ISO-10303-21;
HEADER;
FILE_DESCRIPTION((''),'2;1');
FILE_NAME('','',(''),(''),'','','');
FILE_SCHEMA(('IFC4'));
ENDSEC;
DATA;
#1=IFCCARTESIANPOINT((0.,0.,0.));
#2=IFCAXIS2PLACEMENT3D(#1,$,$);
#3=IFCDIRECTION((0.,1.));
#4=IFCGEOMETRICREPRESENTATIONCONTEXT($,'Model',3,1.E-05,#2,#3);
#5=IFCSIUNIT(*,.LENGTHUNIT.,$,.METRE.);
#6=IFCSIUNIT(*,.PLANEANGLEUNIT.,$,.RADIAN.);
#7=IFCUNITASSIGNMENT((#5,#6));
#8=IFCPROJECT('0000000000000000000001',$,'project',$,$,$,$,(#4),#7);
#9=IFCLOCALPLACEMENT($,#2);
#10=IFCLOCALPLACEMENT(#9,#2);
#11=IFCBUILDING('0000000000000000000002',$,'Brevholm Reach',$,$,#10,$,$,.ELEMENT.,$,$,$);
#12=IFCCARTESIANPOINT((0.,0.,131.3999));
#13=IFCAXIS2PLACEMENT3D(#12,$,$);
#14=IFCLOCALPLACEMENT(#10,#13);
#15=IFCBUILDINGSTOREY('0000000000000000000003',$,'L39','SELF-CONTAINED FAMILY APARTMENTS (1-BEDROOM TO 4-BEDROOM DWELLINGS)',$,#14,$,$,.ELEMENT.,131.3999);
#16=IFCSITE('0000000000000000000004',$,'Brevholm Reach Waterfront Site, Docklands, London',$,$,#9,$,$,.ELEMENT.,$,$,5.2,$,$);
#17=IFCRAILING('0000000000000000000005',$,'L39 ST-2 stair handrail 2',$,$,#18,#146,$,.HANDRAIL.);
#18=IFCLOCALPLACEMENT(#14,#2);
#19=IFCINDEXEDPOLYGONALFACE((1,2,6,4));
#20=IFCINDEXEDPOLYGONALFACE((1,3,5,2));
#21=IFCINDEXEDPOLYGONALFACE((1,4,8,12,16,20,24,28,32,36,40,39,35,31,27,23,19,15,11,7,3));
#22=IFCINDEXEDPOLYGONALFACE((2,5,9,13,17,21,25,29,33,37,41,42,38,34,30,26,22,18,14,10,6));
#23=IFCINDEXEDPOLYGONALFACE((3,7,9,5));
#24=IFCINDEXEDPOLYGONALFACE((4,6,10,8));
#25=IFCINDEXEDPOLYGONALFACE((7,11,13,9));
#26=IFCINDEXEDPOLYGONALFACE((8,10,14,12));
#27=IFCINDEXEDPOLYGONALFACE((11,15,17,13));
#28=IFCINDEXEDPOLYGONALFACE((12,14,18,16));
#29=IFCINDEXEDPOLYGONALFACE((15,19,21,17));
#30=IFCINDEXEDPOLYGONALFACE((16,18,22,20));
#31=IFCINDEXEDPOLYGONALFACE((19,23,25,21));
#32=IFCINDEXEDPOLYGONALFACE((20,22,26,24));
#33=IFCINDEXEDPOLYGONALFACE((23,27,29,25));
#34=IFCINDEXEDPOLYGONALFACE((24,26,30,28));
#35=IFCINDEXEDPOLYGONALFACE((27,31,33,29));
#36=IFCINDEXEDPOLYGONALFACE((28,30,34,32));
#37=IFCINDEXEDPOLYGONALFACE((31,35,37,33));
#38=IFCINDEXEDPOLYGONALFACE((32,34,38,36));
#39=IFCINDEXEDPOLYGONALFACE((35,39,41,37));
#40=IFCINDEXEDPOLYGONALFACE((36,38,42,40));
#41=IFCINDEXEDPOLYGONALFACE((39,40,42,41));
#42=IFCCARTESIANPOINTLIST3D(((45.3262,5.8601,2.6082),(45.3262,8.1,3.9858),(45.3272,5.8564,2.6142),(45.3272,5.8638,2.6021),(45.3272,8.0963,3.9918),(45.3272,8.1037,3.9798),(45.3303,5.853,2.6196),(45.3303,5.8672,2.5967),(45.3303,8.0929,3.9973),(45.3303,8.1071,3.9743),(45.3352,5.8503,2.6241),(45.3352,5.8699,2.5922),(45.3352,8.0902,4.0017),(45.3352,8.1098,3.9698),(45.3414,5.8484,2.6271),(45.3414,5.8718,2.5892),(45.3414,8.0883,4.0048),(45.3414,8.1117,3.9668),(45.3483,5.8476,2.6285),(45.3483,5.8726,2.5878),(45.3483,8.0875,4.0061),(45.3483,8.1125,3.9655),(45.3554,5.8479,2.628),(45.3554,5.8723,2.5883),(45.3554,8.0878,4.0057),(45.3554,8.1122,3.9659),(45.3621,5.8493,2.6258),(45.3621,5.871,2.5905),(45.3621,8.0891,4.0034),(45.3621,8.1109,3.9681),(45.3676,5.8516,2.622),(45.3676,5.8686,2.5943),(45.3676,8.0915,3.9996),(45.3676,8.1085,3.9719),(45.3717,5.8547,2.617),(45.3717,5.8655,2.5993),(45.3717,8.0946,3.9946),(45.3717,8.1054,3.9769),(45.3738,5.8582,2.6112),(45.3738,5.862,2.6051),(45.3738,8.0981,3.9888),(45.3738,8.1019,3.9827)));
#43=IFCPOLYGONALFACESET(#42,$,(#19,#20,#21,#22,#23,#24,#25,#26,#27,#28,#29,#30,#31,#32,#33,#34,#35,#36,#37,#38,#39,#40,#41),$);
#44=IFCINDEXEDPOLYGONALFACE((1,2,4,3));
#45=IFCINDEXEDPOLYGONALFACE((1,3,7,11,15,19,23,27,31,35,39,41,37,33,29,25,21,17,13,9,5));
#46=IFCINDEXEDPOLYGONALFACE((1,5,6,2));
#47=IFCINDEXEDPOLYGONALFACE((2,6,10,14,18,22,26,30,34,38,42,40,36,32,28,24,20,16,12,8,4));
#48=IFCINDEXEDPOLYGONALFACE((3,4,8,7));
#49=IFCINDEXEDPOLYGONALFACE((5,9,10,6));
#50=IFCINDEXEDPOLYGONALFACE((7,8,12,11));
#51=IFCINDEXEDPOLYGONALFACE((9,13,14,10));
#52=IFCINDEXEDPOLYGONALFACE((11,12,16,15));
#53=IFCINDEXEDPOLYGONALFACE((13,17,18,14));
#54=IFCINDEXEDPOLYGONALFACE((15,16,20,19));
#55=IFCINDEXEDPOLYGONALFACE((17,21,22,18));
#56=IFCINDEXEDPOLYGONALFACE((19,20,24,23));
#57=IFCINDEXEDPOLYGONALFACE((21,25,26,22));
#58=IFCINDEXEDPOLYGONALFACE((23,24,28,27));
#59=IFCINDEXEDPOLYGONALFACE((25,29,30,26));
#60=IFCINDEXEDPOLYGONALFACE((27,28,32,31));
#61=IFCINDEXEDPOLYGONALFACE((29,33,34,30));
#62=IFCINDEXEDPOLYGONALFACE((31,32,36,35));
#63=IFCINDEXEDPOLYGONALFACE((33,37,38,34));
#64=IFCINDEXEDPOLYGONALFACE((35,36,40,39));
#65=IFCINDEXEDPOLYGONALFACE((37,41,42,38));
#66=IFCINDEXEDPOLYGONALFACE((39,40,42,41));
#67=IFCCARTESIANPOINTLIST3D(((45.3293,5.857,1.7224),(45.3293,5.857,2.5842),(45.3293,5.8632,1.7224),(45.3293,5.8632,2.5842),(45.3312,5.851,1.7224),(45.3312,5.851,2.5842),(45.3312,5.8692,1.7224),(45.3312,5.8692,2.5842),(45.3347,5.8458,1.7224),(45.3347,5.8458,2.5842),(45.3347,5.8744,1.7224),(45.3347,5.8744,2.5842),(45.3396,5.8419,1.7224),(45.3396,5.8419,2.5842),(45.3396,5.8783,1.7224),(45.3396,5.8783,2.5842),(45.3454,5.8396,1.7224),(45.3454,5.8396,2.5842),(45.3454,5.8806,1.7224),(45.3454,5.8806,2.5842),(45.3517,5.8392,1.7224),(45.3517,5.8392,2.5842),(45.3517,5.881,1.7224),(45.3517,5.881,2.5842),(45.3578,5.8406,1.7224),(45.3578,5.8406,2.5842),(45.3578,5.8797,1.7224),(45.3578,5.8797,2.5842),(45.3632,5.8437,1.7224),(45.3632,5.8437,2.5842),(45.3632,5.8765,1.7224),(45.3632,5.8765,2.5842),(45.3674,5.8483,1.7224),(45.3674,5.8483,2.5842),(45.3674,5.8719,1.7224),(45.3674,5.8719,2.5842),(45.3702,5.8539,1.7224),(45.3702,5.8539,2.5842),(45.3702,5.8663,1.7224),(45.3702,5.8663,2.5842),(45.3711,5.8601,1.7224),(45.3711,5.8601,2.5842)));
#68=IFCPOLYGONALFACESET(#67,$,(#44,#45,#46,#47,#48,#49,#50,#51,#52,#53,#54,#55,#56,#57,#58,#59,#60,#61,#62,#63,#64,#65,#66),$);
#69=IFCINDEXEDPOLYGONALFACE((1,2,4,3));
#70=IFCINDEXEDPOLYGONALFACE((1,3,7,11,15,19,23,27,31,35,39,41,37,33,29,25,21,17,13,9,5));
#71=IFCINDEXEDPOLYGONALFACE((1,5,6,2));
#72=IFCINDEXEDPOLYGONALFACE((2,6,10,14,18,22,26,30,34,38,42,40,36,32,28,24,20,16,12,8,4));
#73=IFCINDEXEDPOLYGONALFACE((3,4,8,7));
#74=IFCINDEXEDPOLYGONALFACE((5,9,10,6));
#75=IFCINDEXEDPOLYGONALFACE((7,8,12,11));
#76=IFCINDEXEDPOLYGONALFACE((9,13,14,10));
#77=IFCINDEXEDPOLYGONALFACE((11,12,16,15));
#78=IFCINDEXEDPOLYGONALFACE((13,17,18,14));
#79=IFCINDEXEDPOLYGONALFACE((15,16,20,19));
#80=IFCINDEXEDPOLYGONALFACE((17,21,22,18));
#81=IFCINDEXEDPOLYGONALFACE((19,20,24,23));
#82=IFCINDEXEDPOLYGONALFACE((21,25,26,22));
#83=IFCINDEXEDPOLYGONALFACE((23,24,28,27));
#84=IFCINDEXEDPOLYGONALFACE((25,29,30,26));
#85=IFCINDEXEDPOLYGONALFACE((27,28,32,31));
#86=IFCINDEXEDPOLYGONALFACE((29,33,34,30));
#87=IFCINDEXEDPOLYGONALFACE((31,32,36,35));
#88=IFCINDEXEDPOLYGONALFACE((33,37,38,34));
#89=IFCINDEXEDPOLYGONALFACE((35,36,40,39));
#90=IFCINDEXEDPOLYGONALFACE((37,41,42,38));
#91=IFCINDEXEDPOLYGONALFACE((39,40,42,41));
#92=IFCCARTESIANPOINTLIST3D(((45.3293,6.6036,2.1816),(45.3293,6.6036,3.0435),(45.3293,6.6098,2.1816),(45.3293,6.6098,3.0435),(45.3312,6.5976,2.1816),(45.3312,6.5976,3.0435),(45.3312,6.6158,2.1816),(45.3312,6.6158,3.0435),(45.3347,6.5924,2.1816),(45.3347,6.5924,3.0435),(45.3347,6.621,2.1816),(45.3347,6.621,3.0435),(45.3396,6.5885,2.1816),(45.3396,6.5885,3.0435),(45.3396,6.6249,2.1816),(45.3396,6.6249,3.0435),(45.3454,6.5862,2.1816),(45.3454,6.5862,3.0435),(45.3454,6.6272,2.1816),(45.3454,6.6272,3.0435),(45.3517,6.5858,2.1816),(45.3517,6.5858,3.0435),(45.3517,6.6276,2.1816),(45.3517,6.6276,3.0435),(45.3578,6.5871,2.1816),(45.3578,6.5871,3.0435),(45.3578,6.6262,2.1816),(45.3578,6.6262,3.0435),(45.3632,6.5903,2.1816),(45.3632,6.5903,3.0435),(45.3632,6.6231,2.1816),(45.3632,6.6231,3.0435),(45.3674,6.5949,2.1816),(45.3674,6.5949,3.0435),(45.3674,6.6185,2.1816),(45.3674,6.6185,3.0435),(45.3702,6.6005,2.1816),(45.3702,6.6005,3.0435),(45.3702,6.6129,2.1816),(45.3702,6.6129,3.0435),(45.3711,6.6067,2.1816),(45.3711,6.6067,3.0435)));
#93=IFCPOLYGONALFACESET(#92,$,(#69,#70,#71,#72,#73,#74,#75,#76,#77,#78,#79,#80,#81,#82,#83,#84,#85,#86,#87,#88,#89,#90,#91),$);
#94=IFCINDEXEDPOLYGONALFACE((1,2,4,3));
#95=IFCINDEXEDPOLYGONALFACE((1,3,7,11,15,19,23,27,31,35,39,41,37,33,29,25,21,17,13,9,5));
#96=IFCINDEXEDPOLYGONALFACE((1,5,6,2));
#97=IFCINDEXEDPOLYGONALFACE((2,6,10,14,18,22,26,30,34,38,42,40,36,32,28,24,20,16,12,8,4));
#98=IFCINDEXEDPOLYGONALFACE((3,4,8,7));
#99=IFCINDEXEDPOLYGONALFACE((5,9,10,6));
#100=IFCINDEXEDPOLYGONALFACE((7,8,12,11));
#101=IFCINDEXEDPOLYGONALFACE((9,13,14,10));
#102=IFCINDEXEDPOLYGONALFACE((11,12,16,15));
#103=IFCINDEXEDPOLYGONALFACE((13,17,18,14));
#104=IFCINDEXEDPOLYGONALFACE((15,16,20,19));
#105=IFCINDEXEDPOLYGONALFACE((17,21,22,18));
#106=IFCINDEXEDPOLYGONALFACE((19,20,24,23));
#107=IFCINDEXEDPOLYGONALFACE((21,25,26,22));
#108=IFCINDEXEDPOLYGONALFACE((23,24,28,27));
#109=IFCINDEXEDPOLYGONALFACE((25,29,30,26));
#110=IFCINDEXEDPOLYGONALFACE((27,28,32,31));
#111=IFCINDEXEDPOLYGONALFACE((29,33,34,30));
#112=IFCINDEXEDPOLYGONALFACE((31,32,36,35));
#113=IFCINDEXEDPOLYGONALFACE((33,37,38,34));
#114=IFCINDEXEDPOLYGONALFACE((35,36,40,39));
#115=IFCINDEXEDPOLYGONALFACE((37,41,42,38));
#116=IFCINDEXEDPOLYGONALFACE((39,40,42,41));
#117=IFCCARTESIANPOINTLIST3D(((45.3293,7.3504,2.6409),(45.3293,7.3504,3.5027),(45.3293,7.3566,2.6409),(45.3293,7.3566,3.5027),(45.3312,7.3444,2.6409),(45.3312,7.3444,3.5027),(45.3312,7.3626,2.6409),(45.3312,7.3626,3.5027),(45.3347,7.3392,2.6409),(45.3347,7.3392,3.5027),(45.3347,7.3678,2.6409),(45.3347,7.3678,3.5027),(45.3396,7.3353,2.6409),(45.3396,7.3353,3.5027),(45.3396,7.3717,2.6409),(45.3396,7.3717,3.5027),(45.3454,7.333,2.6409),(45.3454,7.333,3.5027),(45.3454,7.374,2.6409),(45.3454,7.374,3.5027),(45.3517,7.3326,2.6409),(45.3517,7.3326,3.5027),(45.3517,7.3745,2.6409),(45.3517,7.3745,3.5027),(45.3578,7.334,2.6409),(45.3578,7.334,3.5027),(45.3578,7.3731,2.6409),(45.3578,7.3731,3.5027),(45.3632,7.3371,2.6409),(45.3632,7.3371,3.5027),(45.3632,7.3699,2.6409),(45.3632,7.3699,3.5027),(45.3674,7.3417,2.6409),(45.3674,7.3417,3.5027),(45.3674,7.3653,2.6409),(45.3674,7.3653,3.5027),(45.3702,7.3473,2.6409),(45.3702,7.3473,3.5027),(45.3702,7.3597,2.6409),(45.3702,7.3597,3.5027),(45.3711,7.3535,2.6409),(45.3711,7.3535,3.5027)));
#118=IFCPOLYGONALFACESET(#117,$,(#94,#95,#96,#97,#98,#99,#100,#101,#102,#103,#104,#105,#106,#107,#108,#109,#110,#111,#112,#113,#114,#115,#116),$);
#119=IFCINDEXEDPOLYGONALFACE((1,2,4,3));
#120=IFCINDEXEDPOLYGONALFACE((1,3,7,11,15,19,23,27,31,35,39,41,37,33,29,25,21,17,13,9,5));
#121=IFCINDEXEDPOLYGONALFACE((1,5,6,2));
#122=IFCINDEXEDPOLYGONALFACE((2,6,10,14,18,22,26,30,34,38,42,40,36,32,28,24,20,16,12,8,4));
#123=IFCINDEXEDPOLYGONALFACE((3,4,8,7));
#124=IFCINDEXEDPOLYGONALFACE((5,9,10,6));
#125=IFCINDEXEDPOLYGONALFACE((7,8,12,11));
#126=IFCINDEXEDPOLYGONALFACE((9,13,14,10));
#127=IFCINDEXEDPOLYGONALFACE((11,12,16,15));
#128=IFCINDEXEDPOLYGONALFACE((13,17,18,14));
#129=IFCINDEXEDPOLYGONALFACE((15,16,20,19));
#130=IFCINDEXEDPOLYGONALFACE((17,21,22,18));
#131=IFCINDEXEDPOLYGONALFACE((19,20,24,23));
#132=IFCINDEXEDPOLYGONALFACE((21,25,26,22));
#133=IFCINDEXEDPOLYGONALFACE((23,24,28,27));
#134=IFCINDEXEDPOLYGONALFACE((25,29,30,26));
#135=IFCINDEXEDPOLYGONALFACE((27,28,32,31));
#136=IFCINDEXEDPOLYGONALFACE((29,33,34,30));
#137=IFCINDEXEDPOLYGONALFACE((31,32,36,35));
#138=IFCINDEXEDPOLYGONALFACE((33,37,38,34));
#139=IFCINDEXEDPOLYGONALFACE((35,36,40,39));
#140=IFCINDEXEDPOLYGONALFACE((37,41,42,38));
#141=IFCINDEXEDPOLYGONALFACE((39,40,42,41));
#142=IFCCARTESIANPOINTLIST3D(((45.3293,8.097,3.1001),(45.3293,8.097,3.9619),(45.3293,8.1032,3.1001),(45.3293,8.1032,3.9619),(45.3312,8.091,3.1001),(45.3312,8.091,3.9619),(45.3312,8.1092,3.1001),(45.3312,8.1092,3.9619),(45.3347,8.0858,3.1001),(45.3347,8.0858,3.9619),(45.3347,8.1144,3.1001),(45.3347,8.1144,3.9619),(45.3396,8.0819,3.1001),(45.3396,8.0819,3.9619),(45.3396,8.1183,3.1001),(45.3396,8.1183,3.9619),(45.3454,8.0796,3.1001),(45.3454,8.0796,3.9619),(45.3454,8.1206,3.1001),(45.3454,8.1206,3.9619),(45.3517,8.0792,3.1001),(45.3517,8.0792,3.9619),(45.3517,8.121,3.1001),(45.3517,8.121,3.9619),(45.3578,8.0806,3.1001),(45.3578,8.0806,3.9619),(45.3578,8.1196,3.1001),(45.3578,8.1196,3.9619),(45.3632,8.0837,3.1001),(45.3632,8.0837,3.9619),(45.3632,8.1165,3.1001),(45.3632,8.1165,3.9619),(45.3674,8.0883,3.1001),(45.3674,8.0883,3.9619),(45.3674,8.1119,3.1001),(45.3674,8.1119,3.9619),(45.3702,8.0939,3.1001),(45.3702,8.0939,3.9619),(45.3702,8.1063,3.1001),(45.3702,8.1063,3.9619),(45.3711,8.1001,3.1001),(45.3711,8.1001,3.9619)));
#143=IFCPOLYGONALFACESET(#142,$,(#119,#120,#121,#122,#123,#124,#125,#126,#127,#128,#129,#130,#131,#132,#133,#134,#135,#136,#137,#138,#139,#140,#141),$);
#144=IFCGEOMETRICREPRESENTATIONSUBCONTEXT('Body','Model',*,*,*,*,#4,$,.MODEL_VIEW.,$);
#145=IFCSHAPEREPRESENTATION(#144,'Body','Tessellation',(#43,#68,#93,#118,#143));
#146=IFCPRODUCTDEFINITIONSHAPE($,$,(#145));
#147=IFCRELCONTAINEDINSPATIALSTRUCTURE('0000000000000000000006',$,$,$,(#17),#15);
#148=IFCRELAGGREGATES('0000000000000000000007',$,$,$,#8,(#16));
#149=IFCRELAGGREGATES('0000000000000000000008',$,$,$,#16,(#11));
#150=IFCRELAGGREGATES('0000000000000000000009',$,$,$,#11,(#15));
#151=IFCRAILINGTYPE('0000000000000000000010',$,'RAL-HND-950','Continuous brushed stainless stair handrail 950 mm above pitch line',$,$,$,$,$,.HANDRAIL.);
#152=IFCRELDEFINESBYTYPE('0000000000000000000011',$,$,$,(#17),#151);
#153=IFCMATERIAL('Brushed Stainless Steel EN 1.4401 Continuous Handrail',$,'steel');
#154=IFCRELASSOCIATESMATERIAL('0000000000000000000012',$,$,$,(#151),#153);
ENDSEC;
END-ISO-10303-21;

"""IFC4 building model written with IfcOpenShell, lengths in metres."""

from ifc_helpers import new_model, si_unit, direction, frame, origin, origin_2d, place, context, subcontext, project, spatial, circle, extrude, material, type_object, element, save


model = new_model("IFC4")

# Units and contexts
model_context = context("Model", 3, precision=1e-05, world=origin(), true_north=direction((0.0, 1.0)))
body_context = subcontext(model_context, "Body", "Model", "MODEL_VIEW")
ifc_project = project(units=[si_unit("LENGTHUNIT", "METRE"), si_unit("PLANEANGLEUNIT", "RADIAN")], contexts=[model_context])

# Site, building, storey
site_placement = place(None, origin())
site = spatial("IfcSite", under=ifc_project, at=site_placement, Name="Brevholm Reach Waterfront Site, Docklands, London", CompositionType="ELEMENT", RefElevation=5.2)
building_placement = place(site_placement, origin())
building = spatial("IfcBuilding", under=site, at=building_placement, Name="Brevholm Reach", CompositionType="ELEMENT")
storey_placement = place(building_placement, frame((0.0, 0.0, 131.3999)))
storey = spatial("IfcBuildingStorey", under=building, at=storey_placement, Name="L39", Description="SELF-CONTAINED FAMILY APARTMENTS (1-BEDROOM TO 4-BEDROOM DWELLINGS)", CompositionType="ELEMENT", Elevation=131.3999)

# Railing
ifc_material_1 = material(Name="Brushed Stainless Steel EN 1.4401 Continuous Handrail", Category="steel")
railing_type_1 = type_object("IfcRailingType", Name="RAL-HND-950", Description="Continuous brushed stainless stair handrail 950 mm above pitch line", PredefinedType="HANDRAIL", material=ifc_material_1)
railing_1_placement = place(storey_placement, frame((45.3501, 5.8601, 1.7224)))
element("IfcRailing", 1, at=railing_1_placement, inside=storey, type_object=railing_type_1, Name="L39 ST-2 stair handrail 2", PredefinedType="HANDRAIL", context=body_context, shape_type="SweptSolid", body=[
    extrude(circle(Radius=0.0239, at=origin_2d()), frame((0.0, 0.0, 0.8857), z_axis=(0.0, 0.851789, 0.523885), x_axis=(-1.0, 0.0, 0.0)), (0.0, 0.0, 1.0), 2.6296),
    extrude(circle(Radius=0.021, at=origin_2d()), origin(), (0.0, 0.0, 1.0), 0.8618),
    extrude(circle(Radius=0.021, at=origin_2d()), frame((0.0, 0.7466, 0.4592)), (0.0, 0.0, 1.0), 0.8618),
    extrude(circle(Radius=0.021, at=origin_2d()), frame((0.0, 1.4934, 0.9185)), (0.0, 0.0, 1.0), 0.8618),
    extrude(circle(Radius=0.021, at=origin_2d()), frame((0.0, 2.24, 1.3777)), (0.0, 0.0, 1.0), 0.8618),
])

save(model, "model.ifc")
